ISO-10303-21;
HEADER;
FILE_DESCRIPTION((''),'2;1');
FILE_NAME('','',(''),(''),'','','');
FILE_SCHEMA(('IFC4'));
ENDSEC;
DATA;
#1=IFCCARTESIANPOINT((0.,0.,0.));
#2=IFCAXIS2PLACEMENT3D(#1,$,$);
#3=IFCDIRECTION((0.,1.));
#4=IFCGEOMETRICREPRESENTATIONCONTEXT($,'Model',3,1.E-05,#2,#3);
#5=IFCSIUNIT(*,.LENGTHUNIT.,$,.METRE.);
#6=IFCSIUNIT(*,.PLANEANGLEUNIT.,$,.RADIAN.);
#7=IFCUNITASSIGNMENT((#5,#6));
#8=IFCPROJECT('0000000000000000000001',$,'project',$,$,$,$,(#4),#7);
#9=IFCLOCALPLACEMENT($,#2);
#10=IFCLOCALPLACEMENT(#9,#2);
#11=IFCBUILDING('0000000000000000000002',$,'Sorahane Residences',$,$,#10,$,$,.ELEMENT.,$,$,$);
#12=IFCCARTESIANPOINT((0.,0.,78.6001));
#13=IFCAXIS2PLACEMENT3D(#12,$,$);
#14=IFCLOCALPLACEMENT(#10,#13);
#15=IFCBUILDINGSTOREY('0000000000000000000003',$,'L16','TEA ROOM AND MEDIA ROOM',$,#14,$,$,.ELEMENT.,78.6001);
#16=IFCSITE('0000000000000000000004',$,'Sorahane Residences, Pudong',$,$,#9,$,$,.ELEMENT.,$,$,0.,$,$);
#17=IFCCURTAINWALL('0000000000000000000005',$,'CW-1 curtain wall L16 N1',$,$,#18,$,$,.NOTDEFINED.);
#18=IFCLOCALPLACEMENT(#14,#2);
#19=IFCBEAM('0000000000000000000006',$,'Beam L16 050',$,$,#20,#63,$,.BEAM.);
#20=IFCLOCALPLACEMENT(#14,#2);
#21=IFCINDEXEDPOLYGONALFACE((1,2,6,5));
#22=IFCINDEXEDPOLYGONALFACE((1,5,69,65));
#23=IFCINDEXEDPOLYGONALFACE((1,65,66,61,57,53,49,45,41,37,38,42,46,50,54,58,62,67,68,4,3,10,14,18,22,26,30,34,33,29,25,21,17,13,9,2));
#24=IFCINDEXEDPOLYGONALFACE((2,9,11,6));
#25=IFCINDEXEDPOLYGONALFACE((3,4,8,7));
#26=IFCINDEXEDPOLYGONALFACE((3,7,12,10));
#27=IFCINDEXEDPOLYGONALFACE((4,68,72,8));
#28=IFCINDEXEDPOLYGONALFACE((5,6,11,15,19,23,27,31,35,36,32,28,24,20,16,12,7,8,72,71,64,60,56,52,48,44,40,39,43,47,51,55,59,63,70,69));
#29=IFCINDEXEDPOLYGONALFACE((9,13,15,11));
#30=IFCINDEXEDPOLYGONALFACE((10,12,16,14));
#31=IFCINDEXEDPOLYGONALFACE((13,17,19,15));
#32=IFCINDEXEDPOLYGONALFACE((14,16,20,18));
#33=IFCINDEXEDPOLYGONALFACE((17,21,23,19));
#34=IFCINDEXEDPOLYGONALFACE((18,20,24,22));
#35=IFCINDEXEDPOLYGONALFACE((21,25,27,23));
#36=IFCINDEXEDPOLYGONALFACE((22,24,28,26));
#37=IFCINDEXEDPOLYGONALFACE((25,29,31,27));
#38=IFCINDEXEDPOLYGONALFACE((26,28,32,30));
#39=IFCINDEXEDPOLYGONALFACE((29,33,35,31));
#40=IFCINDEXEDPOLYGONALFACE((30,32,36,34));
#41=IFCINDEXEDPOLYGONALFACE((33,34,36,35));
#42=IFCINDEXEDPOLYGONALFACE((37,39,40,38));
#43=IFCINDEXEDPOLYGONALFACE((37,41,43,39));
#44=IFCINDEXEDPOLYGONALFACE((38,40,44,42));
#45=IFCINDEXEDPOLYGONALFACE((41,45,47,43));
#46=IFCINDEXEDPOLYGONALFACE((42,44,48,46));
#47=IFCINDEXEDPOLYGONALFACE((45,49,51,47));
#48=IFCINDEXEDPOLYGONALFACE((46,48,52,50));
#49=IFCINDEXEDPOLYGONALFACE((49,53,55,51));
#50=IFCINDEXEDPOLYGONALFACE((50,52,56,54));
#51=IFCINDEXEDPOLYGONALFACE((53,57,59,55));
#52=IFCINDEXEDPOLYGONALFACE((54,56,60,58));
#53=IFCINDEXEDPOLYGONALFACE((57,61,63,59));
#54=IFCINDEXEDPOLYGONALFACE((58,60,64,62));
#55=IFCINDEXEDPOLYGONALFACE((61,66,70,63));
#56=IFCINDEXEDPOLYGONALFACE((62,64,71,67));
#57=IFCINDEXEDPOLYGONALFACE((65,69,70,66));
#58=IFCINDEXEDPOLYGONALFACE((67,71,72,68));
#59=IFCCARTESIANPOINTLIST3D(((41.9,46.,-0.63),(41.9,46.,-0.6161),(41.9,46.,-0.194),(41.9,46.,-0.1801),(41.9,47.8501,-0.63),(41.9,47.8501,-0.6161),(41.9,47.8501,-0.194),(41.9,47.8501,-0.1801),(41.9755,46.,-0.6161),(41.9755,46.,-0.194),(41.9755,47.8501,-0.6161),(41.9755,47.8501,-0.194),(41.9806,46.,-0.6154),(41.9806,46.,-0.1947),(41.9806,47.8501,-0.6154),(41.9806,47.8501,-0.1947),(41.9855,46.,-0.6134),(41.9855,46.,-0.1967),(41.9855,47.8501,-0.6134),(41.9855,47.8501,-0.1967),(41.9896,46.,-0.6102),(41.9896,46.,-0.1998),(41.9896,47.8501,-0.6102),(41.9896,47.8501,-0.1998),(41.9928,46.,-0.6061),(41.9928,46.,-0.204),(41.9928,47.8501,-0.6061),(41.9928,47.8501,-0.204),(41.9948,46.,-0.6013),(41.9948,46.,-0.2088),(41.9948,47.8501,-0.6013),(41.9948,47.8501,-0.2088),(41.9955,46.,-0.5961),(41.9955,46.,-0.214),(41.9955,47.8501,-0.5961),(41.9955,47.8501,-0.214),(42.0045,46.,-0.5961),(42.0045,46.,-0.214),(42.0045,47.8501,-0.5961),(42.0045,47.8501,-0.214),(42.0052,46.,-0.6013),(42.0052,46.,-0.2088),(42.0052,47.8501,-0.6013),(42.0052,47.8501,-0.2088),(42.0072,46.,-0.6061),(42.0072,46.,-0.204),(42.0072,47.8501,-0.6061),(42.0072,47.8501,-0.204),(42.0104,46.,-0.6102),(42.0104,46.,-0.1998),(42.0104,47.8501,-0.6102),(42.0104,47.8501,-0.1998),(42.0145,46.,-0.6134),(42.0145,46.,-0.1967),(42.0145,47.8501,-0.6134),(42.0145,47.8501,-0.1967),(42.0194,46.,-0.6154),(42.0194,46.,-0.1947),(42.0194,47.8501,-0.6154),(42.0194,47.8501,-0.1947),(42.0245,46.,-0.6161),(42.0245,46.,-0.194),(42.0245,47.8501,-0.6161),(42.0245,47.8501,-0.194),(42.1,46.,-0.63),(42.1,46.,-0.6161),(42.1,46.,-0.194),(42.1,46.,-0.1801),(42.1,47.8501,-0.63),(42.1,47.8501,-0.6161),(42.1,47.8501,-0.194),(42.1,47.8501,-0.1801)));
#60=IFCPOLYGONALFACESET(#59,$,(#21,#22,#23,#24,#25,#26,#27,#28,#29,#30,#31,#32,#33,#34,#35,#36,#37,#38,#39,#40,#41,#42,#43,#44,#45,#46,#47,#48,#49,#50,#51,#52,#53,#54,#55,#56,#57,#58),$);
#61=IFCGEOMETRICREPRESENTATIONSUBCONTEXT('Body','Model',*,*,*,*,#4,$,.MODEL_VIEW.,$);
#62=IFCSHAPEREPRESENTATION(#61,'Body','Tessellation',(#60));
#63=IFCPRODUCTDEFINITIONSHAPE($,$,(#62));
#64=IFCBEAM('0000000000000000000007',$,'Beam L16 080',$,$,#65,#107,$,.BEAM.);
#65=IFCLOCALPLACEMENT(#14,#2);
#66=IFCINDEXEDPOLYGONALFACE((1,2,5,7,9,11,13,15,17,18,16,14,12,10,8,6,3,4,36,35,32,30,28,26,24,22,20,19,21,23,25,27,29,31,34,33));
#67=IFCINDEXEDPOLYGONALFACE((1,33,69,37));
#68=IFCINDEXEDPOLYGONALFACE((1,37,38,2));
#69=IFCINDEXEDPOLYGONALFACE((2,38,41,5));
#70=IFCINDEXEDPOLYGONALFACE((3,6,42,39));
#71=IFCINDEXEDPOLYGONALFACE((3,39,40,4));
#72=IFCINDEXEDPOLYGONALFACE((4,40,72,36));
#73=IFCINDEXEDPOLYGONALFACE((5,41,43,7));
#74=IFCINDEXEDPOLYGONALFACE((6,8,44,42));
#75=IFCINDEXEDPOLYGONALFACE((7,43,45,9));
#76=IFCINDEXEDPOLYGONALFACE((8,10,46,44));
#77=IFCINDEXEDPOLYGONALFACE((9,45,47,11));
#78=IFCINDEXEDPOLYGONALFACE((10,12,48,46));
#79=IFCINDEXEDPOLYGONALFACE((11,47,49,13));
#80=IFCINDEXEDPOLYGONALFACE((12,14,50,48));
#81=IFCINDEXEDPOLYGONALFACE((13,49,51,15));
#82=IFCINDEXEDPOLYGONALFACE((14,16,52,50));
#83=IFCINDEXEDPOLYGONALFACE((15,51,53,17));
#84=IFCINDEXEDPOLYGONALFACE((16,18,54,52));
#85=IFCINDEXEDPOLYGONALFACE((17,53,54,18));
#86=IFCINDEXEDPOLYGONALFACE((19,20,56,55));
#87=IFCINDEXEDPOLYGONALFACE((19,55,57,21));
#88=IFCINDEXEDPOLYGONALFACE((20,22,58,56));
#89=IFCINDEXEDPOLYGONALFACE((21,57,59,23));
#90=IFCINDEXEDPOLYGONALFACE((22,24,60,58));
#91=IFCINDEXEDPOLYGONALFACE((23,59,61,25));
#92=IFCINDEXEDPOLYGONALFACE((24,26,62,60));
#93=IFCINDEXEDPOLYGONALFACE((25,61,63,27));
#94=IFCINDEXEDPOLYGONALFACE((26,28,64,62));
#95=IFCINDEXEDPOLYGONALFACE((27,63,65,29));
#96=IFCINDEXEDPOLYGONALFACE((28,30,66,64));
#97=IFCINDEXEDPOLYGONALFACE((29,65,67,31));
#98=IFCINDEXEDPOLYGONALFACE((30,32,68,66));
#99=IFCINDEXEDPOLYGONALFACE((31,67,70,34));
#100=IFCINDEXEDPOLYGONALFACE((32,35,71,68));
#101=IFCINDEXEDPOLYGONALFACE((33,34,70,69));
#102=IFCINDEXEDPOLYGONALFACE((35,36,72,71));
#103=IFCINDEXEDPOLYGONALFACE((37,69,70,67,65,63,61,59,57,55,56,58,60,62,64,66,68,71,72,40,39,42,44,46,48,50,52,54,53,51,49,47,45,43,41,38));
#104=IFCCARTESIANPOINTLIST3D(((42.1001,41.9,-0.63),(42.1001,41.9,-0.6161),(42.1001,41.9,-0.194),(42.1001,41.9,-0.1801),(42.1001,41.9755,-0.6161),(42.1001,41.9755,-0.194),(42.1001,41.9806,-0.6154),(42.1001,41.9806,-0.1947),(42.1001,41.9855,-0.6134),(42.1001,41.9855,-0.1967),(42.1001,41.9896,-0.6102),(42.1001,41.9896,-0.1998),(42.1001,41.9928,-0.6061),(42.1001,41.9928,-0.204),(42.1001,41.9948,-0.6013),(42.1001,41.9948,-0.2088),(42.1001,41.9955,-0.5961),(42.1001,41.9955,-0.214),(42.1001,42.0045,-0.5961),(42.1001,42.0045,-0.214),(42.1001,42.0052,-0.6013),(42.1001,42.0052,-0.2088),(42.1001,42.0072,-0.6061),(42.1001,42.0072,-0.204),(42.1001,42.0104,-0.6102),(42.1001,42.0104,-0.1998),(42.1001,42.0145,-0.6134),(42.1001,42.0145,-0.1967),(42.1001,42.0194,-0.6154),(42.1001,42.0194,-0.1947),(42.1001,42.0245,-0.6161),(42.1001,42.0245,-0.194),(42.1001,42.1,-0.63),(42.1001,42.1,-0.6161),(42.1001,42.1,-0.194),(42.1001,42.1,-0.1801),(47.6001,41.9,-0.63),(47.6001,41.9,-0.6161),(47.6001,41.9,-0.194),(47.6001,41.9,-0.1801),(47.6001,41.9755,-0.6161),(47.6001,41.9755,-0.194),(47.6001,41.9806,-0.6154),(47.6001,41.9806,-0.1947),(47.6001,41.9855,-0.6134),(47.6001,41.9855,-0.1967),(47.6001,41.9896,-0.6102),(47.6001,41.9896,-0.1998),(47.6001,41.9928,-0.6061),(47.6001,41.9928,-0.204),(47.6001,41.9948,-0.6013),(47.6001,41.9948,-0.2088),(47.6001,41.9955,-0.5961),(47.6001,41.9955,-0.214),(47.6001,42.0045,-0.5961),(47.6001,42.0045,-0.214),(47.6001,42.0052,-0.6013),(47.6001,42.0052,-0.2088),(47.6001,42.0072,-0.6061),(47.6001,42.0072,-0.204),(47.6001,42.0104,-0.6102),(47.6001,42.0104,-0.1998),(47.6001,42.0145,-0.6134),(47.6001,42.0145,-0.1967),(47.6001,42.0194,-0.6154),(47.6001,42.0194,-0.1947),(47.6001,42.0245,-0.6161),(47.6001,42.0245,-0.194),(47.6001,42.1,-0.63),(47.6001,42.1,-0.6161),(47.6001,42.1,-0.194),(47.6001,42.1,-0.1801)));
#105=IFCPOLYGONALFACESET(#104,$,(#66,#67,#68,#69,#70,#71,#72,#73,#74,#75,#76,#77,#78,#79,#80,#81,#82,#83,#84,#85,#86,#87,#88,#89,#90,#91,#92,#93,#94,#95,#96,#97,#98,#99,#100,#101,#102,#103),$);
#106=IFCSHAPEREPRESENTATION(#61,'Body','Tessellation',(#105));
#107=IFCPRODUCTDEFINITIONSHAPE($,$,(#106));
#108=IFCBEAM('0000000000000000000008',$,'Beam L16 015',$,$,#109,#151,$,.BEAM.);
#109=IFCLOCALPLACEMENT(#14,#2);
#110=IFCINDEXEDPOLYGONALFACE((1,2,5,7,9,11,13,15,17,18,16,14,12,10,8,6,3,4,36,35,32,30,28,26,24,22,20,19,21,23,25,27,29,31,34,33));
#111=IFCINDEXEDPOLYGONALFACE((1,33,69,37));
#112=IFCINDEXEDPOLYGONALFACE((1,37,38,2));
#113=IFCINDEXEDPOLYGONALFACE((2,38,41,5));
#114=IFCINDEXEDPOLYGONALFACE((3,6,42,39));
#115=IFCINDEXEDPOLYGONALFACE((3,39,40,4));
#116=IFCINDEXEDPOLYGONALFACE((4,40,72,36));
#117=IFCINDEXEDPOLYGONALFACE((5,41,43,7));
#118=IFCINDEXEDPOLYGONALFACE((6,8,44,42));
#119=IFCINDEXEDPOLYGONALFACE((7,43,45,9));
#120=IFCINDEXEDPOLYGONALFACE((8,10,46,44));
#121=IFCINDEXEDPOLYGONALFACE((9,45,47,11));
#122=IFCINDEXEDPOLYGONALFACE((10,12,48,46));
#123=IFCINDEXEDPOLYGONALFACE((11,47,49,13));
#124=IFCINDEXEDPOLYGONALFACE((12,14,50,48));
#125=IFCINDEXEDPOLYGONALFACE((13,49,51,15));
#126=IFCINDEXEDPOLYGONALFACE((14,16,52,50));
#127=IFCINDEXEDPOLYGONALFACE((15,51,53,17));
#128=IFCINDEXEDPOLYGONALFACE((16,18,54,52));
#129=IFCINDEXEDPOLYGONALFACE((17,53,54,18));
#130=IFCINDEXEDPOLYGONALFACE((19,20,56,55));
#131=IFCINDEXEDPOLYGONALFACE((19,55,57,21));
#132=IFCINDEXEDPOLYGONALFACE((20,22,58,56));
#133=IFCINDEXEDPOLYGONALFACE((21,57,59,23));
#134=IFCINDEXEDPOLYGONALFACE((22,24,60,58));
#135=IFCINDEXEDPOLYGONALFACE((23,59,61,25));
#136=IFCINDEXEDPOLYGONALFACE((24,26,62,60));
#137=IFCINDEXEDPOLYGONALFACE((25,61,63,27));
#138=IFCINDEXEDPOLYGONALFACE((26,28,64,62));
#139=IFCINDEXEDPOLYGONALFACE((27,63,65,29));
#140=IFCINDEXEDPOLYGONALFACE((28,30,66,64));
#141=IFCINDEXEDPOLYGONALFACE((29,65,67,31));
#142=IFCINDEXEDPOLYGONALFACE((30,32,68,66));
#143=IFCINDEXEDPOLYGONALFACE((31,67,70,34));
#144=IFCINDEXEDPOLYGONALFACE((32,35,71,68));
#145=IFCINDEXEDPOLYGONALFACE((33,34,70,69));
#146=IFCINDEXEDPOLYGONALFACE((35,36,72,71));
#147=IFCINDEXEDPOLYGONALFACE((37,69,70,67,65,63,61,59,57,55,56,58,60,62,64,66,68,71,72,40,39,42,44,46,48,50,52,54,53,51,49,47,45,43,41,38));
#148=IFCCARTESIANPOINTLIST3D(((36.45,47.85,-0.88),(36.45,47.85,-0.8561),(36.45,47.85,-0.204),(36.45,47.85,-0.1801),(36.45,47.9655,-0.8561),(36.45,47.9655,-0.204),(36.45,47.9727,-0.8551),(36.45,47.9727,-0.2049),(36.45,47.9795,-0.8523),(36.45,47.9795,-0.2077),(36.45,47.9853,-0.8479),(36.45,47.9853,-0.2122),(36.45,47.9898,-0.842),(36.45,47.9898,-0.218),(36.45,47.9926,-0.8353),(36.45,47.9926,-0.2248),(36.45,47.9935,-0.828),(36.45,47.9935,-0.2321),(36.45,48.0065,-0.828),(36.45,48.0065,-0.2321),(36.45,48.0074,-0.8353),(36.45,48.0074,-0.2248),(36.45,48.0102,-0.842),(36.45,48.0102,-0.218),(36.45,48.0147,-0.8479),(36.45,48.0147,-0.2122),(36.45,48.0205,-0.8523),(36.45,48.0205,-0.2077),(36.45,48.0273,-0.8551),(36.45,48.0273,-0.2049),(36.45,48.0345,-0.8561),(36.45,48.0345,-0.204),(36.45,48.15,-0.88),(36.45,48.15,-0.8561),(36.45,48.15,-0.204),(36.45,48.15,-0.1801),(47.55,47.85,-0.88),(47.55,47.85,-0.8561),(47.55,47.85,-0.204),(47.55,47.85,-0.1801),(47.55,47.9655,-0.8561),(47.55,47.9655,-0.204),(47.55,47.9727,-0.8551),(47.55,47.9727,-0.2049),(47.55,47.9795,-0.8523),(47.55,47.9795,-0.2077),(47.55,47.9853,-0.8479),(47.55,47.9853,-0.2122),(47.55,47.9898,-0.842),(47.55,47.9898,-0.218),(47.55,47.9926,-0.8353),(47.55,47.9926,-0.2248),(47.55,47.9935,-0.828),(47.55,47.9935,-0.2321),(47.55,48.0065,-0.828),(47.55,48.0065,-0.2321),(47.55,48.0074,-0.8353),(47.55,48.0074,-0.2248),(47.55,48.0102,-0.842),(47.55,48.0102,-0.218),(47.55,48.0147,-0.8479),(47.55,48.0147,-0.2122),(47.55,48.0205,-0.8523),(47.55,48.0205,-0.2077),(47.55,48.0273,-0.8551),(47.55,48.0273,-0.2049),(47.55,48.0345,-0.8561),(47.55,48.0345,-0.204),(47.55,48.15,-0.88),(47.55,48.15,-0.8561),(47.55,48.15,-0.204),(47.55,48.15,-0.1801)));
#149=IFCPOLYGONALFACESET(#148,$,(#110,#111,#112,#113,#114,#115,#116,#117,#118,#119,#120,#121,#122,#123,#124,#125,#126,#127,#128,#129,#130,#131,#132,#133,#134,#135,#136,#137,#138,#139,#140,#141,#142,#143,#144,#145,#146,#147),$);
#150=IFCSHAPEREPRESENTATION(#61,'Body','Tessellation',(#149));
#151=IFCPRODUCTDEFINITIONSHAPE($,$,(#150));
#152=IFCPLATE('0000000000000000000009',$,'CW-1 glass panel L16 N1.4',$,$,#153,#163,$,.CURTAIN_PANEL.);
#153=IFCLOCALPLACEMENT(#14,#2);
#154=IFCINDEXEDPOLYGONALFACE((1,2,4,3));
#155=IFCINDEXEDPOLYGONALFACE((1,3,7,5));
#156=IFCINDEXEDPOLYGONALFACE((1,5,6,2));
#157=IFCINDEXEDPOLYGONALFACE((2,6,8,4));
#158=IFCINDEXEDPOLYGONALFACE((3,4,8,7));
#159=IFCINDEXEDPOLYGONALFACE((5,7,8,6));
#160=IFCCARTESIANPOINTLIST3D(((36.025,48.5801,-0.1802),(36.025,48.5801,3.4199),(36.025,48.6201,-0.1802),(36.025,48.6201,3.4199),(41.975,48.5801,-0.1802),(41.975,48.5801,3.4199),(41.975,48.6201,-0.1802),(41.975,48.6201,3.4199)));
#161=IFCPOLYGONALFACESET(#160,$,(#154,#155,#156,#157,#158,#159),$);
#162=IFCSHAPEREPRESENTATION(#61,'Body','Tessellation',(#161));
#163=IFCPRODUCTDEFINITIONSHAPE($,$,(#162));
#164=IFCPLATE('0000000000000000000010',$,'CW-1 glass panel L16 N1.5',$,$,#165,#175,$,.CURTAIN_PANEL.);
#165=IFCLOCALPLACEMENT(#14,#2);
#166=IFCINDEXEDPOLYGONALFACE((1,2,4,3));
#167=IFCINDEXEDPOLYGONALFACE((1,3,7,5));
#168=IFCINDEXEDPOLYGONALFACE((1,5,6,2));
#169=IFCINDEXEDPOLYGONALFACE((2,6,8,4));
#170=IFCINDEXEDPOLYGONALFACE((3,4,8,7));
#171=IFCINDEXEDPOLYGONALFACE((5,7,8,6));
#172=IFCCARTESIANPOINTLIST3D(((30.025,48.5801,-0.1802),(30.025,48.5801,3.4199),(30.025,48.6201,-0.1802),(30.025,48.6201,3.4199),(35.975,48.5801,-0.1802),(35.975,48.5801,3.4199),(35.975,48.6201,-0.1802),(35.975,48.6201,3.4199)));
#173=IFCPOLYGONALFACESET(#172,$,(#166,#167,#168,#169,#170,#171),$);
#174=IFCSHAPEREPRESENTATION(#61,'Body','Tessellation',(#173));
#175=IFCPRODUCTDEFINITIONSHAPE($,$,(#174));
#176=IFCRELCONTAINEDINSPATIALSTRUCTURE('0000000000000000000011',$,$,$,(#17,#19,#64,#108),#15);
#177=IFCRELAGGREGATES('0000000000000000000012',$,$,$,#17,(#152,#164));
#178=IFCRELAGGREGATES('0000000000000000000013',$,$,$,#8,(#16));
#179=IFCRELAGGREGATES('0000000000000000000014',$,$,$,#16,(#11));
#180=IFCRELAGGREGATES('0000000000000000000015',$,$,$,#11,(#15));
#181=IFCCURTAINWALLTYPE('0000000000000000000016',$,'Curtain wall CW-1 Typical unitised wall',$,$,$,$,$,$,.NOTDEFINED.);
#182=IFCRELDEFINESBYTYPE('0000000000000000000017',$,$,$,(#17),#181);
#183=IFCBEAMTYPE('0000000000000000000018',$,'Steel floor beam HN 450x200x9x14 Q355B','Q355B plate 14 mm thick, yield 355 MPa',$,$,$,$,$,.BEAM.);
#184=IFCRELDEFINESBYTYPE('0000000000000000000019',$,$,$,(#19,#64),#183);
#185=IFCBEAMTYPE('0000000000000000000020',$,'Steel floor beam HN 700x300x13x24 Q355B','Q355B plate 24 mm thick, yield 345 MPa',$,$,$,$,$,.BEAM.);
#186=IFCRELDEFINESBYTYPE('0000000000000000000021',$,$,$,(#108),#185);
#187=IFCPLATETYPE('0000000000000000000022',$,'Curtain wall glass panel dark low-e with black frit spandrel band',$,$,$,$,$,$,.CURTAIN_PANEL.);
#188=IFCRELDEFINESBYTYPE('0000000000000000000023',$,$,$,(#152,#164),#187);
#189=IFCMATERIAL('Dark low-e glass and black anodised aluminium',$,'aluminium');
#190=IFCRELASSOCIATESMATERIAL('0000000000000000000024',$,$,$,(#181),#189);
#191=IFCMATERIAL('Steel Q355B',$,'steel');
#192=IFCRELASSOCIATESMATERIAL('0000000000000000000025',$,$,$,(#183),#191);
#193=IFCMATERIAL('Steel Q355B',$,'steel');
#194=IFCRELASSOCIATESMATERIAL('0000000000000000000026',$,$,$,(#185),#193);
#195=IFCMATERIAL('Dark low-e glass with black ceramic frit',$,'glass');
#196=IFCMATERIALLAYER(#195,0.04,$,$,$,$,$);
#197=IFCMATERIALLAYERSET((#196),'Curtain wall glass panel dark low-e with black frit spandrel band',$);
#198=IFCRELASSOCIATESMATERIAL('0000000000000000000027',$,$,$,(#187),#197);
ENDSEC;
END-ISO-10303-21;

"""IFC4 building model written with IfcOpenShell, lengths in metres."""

from ifc_helpers import new_model, si_unit, direction, frame, origin, origin_2d, place, context, subcontext, project, spatial, rectangle, i_section, extrude, material, layer, layer_set, material_profile, profile_set, type_object, element, aggregate, save


model = new_model("IFC4")

# Units and contexts
model_context = context("Model", 3, precision=1e-05, world=origin(), true_north=direction((0.0, 1.0)))
body_context = subcontext(model_context, "Body", "Model", "MODEL_VIEW")
ifc_project = project(units=[si_unit("LENGTHUNIT", "METRE"), si_unit("PLANEANGLEUNIT", "RADIAN")], contexts=[model_context])

# Site, building, storey
site_placement = place(None, origin())
site = spatial("IfcSite", under=ifc_project, at=site_placement, Name="Sorahane Residences, Pudong", CompositionType="ELEMENT", RefElevation=0.0)
building_placement = place(site_placement, origin())
building = spatial("IfcBuilding", under=site, at=building_placement, Name="Sorahane Residences", CompositionType="ELEMENT")
storey_placement = place(building_placement, frame((0.0, 0.0, 78.6001)))
storey = spatial("IfcBuildingStorey", under=building, at=storey_placement, Name="L16", Description="TEA ROOM AND MEDIA ROOM", CompositionType="ELEMENT", Elevation=78.6001)

# Curtain wall
ifc_material_1 = material(Name="Dark low-e glass and black anodised aluminium", Category="aluminium")
curtain_wall_type = type_object("IfcCurtainWallType", Name="Curtain wall CW-1 Typical unitised wall", PredefinedType="NOTDEFINED", material=ifc_material_1)
curtain_wall_placement = place(storey_placement, origin())
curtain_wall = element("IfcCurtainWall", 1, at=curtain_wall_placement, inside=storey, type_object=curtain_wall_type, Name="CW-1 curtain wall L16 N1", PredefinedType="NOTDEFINED")

# Beams
ifc_material_2 = material(Name="Steel Q355B", Category="steel")
ifc_material_profile_1 = material_profile(ifc_material_2, i_section(OverallWidth=0.2, OverallDepth=0.45, WebThickness=0.009, FlangeThickness=0.0139, FilletRadius=0.02, at=origin_2d()), Name="HN 450x200x9x14")
ifc_profile_set_1 = profile_set([ifc_material_profile_1], Name="Steel Q355B")
beam_type_1 = type_object("IfcBeamType", Name="Steel floor beam HN 450x200x9x14 Q355B", Description="Q355B plate 14 mm thick, yield 355 MPa", PredefinedType="BEAM", material=ifc_profile_set_1)
beam_1_placement = place(storey_placement, frame((42.0, 46.0, -0.405), z_axis=(0.0, 1.0, 0.0), x_axis=(-1.0, 0.0, 0.0)))
element("IfcBeam", 2, at=beam_1_placement, inside=storey, type_object=beam_type_1, Name="Beam L16 050", PredefinedType="BEAM", context=body_context, shape_type="SweptSolid", body=[
    extrude(i_section(OverallWidth=0.2, OverallDepth=0.45, WebThickness=0.009, FlangeThickness=0.0139, FilletRadius=0.02, at=origin_2d()), origin(), (0.0, 0.0, 1.0), 1.8501),
])
beam_2_placement = place(storey_placement, frame((42.1001, 42.0, -0.405), z_axis=(1.0, 0.0, 0.0), x_axis=(0.0, 1.0, 0.0)))
element("IfcBeam", 3, at=beam_2_placement, inside=storey, type_object=beam_type_1, Name="Beam L16 080", PredefinedType="BEAM", context=body_context, shape_type="SweptSolid", body=[
    extrude(i_section(OverallWidth=0.2, OverallDepth=0.45, WebThickness=0.009, FlangeThickness=0.0139, FilletRadius=0.02, at=origin_2d()), origin(), (0.0, 0.0, 1.0), 5.5),
])
ifc_material_3 = material(Name="Steel Q355B", Category="steel")
ifc_material_profile_2 = material_profile(ifc_material_3, i_section(OverallWidth=0.3, OverallDepth=0.7, WebThickness=0.0129, FlangeThickness=0.0239, FilletRadius=0.0281, at=origin_2d()), Name="HN 700x300x13x24")
ifc_profile_set_2 = profile_set([ifc_material_profile_2], Name="Steel Q355B")
beam_type_2 = type_object("IfcBeamType", Name="Steel floor beam HN 700x300x13x24 Q355B", Description="Q355B plate 24 mm thick, yield 345 MPa", PredefinedType="BEAM", material=ifc_profile_set_2)
beam_3_placement = place(storey_placement, frame((36.45, 48.0, -0.53), z_axis=(1.0, 0.0, 0.0), x_axis=(0.0, 1.0, 0.0)))
element("IfcBeam", 4, at=beam_3_placement, inside=storey, type_object=beam_type_2, Name="Beam L16 015", PredefinedType="BEAM", context=body_context, shape_type="SweptSolid", body=[
    extrude(i_section(OverallWidth=0.3, OverallDepth=0.7, WebThickness=0.0129, FlangeThickness=0.0239, FilletRadius=0.0281, at=origin_2d()), origin(), (0.0, 0.0, 1.0), 11.1001),
])

# Plates
ifc_material_4 = material(Name="Dark low-e glass with black ceramic frit", Category="glass")
ifc_layer_1 = layer(ifc_material_4, 0.04)
ifc_layer_set_1 = layer_set([ifc_layer_1], Name="Curtain wall glass panel dark low-e with black frit spandrel band")
plate_type = type_object("IfcPlateType", Name="Curtain wall glass panel dark low-e with black frit spandrel band", PredefinedType="CURTAIN_PANEL", material=ifc_layer_set_1)
plate_1_placement = place(storey_placement, frame((39.0, 48.6001, -0.1802), z_axis=(0.0, 0.0, 1.0), x_axis=(-1.0, 0.0, 0.0)))
plate_1 = element("IfcPlate", 5, at=plate_1_placement, type_object=plate_type, Name="CW-1 glass panel L16 N1.4", PredefinedType="CURTAIN_PANEL", context=body_context, shape_type="SweptSolid", body=[
    extrude(rectangle(XDim=5.95, YDim=0.04, at=origin_2d()), origin(), (0.0, 0.0, 1.0), 3.6001),
])
plate_2_placement = place(storey_placement, frame((33.0, 48.6001, -0.1802), z_axis=(0.0, 0.0, 1.0), x_axis=(-1.0, 0.0, 0.0)))
plate_2 = element("IfcPlate", 6, at=plate_2_placement, type_object=plate_type, Name="CW-1 glass panel L16 N1.5", PredefinedType="CURTAIN_PANEL", context=body_context, shape_type="SweptSolid", body=[
    extrude(rectangle(XDim=5.95, YDim=0.04, at=origin_2d()), origin(), (0.0, 0.0, 1.0), 3.6001),
])
aggregate(curtain_wall, [plate_1, plate_2])

save(model, "model.ifc")
